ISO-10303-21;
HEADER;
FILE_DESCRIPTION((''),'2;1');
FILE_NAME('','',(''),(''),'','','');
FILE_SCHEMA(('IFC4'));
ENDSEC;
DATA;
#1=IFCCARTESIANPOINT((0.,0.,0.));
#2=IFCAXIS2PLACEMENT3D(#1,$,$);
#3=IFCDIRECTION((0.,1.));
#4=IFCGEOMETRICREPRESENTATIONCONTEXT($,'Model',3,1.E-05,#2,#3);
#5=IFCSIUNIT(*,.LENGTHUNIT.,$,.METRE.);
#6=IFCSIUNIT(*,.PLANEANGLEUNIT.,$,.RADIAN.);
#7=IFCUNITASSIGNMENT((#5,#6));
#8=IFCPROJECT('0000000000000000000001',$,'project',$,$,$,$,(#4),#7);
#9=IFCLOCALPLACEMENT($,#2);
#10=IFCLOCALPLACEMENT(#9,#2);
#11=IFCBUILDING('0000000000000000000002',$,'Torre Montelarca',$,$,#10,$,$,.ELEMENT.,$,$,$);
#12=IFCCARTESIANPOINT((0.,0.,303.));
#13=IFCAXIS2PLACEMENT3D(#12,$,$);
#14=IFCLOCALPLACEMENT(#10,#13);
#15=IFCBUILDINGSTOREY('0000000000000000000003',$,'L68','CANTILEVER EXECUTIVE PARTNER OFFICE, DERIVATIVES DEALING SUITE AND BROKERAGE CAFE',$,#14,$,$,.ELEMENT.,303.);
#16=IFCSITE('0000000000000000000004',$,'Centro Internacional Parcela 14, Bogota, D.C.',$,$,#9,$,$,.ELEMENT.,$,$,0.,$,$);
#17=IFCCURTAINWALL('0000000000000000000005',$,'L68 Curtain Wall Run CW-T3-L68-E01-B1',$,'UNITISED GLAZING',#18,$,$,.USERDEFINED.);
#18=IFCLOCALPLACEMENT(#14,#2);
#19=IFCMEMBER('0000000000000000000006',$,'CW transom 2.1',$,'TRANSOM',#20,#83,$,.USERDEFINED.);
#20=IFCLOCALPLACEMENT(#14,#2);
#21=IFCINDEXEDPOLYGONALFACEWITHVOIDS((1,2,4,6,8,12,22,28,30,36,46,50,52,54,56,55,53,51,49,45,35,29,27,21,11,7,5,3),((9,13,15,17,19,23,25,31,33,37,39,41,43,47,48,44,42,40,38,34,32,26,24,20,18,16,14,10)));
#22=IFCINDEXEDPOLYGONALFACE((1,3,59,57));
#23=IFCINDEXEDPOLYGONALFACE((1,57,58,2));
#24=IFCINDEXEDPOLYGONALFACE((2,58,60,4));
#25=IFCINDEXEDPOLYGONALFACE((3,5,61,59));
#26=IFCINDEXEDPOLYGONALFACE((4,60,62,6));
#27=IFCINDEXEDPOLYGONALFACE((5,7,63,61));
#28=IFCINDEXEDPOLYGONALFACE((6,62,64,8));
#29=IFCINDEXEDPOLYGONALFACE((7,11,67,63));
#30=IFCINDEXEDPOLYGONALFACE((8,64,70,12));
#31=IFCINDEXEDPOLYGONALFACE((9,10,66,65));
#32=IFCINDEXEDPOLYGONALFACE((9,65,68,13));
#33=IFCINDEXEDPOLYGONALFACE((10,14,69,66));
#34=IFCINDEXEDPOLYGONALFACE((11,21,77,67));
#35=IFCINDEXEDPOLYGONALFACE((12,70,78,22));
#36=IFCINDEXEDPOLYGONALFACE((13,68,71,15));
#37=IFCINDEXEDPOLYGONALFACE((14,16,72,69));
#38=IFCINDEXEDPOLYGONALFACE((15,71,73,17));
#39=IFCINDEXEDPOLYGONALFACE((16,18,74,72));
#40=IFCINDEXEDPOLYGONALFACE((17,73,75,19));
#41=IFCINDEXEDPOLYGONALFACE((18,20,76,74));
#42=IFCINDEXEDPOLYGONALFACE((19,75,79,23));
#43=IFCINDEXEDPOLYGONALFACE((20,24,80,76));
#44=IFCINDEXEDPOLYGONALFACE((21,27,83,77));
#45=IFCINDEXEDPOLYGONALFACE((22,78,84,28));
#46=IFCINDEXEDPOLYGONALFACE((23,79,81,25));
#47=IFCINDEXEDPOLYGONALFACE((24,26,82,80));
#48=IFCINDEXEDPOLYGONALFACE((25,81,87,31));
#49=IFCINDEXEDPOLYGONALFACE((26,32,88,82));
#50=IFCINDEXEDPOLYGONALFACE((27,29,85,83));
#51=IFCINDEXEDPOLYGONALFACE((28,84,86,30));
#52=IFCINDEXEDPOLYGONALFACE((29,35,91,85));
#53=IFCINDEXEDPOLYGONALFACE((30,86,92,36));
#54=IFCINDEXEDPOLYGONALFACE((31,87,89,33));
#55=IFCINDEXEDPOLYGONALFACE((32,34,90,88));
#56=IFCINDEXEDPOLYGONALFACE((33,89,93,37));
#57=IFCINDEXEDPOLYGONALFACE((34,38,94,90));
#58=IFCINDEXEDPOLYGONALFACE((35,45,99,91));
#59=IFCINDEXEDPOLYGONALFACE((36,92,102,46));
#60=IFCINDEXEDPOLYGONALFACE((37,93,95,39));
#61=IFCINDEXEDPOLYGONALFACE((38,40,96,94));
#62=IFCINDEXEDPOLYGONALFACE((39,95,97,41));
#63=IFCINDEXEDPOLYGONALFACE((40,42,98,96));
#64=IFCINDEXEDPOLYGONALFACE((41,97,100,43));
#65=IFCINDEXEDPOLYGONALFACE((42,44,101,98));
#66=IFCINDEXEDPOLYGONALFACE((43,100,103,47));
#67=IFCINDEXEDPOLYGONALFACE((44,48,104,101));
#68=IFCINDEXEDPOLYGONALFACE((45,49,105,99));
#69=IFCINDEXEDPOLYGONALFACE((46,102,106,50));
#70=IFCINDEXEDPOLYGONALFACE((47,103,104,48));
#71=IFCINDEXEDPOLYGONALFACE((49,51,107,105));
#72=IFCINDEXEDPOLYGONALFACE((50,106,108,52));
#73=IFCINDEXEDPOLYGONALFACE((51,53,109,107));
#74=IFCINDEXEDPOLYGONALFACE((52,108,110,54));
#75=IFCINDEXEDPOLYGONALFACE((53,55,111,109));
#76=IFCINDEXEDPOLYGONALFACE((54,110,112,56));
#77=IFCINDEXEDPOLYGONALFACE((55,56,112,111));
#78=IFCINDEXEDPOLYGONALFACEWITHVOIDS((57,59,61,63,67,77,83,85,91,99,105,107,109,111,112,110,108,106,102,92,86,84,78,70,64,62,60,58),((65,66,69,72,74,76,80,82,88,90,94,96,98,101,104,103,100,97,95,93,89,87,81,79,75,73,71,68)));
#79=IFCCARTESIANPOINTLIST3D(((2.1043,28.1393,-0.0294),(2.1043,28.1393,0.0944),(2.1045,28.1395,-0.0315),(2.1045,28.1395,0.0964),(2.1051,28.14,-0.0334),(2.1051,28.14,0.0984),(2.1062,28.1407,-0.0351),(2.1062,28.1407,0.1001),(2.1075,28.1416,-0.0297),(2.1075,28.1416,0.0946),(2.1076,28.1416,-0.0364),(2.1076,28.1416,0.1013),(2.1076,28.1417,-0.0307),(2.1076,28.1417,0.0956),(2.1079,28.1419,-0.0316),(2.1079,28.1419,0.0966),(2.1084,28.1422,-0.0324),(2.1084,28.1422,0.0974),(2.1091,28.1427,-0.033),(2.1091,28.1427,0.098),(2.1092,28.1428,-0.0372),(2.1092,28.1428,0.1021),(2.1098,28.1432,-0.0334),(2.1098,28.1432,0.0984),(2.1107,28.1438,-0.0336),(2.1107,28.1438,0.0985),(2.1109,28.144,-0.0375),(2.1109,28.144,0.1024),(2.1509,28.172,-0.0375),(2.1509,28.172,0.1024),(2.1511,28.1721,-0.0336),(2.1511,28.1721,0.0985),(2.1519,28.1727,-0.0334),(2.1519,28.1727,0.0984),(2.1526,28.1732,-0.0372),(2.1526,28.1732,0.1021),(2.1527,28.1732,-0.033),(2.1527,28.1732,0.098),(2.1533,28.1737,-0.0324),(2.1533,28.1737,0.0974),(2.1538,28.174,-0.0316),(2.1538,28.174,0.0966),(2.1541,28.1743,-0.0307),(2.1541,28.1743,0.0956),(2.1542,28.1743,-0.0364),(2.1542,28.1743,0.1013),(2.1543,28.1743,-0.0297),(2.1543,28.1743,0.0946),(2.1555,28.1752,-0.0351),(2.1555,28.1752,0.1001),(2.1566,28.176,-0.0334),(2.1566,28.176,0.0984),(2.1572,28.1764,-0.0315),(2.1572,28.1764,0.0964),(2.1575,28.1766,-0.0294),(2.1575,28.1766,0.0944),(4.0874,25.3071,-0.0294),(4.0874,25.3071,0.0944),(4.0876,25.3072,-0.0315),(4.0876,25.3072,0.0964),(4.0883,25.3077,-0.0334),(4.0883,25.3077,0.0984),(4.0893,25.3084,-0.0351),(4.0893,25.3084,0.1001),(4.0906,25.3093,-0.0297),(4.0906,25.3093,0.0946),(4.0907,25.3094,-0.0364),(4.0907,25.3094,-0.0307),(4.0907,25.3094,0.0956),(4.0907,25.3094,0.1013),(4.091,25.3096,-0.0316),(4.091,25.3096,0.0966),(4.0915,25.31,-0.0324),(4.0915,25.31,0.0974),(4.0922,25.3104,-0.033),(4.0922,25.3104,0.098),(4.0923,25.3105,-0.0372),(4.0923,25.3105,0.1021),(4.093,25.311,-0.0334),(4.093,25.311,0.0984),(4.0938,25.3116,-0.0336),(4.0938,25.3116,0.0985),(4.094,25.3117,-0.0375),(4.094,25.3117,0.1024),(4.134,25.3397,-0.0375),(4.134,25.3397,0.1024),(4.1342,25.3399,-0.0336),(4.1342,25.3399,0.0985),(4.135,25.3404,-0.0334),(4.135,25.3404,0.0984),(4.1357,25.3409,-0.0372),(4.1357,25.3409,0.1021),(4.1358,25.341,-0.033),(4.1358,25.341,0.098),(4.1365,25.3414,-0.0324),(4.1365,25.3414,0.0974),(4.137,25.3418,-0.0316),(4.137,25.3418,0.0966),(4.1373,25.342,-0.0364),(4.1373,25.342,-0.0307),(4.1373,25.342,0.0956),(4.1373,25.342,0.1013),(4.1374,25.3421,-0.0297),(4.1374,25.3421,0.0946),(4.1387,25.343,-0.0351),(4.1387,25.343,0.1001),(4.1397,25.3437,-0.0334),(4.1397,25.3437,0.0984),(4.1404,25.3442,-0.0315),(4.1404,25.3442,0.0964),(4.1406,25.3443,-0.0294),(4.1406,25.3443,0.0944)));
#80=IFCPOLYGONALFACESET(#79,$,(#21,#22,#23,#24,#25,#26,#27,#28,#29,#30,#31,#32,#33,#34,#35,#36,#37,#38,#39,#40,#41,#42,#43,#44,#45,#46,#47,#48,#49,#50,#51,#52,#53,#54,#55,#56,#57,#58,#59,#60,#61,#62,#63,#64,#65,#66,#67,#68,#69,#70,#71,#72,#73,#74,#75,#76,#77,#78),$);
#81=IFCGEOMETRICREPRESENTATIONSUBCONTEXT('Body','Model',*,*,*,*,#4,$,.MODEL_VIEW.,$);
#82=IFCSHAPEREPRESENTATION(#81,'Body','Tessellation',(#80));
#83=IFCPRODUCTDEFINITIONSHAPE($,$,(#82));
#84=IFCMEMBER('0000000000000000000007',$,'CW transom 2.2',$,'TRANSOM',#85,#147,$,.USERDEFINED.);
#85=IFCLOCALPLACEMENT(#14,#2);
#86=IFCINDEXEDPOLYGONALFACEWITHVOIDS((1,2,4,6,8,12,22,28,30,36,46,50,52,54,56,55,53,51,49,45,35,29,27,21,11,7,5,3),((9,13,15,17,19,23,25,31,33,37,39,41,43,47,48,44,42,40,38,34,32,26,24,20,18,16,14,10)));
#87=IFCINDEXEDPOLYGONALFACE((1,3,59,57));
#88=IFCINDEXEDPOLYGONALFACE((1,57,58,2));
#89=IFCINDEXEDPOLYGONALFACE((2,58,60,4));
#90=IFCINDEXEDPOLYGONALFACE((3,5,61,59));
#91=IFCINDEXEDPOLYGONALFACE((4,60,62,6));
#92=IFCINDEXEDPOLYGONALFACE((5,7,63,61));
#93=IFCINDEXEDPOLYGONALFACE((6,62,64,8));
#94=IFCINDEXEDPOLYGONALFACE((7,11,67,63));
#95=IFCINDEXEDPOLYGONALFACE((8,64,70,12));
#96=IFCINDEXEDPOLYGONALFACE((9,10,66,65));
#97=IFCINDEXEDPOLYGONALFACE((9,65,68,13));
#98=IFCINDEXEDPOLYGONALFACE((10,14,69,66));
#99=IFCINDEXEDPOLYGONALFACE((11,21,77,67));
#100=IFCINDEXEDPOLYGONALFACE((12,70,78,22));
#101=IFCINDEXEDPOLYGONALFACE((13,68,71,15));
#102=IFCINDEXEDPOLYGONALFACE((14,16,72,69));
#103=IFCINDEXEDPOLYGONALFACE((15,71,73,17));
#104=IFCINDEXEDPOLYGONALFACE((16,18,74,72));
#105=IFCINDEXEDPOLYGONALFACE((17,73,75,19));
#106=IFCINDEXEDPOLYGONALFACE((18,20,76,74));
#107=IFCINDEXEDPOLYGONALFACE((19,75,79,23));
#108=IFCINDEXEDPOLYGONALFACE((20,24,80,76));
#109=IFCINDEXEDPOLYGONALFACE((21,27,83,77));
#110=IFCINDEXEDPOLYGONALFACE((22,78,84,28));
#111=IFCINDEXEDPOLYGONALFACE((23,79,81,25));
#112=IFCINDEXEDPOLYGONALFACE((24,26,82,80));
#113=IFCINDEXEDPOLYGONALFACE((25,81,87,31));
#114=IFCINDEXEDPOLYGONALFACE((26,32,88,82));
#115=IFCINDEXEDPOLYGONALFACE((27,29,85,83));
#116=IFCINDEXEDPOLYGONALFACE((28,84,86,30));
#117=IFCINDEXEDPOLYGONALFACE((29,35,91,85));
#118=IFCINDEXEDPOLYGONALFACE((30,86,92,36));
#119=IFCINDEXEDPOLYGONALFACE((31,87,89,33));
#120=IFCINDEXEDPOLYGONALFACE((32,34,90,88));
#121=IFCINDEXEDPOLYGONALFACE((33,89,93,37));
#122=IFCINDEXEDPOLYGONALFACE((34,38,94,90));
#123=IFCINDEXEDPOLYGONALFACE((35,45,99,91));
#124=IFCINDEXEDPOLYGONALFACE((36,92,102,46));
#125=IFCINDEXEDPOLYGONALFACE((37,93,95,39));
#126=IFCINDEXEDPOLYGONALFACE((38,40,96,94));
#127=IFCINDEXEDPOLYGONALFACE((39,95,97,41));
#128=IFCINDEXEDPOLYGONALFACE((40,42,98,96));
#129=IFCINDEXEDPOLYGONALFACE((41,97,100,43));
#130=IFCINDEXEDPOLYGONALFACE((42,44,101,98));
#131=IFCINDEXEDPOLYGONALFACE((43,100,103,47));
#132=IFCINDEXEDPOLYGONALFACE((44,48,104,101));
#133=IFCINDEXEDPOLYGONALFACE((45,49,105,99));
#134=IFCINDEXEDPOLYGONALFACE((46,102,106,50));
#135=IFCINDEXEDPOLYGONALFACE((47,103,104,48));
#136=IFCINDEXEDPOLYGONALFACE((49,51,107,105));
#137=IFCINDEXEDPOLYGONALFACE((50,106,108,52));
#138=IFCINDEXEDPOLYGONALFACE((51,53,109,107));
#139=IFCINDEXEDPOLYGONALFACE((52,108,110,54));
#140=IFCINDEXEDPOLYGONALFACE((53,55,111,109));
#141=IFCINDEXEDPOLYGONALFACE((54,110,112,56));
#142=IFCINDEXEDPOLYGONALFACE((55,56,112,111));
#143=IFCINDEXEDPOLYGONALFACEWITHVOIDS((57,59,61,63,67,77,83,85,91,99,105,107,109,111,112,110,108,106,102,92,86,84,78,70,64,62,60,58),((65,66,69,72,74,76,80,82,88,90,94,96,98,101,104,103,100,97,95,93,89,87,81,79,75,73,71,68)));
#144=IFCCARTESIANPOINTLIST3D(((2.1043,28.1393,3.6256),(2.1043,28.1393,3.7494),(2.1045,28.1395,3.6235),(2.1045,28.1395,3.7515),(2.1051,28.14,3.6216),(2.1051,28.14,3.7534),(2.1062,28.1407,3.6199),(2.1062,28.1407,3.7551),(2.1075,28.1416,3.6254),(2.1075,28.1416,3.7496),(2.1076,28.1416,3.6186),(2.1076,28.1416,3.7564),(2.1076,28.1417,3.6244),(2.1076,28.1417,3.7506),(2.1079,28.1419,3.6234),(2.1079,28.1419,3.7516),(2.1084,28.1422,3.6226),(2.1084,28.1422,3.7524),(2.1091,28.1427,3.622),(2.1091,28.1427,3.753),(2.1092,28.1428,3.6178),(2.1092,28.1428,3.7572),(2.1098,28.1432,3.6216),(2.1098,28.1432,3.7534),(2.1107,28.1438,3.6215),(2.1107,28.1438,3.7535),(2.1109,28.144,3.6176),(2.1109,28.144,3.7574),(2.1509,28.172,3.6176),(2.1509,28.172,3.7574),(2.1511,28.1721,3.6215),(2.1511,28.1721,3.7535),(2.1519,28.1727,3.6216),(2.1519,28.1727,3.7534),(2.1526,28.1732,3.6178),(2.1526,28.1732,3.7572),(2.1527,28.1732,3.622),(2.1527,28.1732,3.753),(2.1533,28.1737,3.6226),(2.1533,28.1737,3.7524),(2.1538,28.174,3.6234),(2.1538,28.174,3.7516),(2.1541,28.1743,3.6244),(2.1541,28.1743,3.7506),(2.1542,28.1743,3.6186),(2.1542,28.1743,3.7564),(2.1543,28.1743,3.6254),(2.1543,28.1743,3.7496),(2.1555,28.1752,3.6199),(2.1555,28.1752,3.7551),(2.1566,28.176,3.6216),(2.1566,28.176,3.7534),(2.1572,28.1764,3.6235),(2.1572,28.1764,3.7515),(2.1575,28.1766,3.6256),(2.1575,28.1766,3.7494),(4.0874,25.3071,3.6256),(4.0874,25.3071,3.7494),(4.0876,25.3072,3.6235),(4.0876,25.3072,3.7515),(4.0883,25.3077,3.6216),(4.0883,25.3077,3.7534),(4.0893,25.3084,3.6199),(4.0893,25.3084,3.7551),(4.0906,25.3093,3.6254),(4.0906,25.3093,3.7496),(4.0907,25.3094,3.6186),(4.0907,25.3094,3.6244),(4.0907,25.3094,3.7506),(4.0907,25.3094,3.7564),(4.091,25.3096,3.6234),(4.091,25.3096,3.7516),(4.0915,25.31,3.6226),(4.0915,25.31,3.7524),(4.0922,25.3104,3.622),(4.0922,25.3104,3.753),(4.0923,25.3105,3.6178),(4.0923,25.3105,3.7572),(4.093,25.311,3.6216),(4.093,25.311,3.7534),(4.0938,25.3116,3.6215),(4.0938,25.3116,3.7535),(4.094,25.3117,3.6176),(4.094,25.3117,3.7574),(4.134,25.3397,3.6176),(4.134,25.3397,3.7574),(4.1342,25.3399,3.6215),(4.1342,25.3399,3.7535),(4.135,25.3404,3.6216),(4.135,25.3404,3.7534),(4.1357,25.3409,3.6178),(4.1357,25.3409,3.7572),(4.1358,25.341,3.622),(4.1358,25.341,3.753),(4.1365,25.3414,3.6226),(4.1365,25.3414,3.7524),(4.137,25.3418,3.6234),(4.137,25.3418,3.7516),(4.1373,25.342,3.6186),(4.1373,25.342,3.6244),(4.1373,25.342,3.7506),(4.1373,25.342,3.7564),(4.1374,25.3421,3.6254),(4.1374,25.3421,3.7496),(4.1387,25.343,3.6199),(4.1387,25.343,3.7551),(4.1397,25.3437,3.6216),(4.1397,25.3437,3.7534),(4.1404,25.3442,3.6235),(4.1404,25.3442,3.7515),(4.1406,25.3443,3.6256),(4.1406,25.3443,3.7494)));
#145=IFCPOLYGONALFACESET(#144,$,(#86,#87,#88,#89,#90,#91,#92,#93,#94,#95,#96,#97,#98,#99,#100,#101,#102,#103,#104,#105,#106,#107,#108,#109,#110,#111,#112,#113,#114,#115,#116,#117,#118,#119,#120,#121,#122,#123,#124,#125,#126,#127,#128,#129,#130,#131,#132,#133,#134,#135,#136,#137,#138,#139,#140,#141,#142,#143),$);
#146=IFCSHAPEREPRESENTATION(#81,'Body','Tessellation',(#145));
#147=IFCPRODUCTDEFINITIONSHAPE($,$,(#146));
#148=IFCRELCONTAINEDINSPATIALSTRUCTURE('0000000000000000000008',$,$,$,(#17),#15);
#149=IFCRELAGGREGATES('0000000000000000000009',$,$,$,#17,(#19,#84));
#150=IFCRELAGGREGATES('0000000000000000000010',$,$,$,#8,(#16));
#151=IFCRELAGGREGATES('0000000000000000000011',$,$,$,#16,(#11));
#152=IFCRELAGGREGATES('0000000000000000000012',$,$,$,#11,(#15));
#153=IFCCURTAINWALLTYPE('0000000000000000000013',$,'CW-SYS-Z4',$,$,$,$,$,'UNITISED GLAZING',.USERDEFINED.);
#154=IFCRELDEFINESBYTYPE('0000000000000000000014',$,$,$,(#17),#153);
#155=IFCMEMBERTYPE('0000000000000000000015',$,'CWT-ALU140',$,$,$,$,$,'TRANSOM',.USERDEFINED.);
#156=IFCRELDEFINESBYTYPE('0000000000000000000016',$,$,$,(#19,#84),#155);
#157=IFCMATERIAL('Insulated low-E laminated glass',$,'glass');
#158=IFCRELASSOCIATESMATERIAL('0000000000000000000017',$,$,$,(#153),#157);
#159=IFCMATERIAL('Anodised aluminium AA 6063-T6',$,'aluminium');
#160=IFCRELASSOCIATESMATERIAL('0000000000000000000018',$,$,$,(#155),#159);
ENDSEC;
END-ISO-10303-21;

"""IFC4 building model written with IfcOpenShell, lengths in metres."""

from ifc_helpers import new_model, si_unit, direction, frame, origin, origin_2d, place, context, subcontext, project, spatial, hollow_rectangle, extrude, source, transform, mapped, material, material_profile, profile_set, type_object, element, aggregate, save


model = new_model("IFC4")

# Units and contexts
model_context = context("Model", 3, precision=1e-05, world=origin(), true_north=direction((0.0, 1.0)))
body_context = subcontext(model_context, "Body", "Model", "MODEL_VIEW")
ifc_project = project(units=[si_unit("LENGTHUNIT", "METRE"), si_unit("PLANEANGLEUNIT", "RADIAN")], contexts=[model_context])

# Site, building, storey
site_placement = place(None, origin())
site = spatial("IfcSite", under=ifc_project, at=site_placement, Name="Centro Internacional Parcela 14, Bogota, D.C.", CompositionType="ELEMENT", RefElevation=0.0)
building_placement = place(site_placement, origin())
building = spatial("IfcBuilding", under=site, at=building_placement, Name="Torre Montelarca", CompositionType="ELEMENT")
storey_placement = place(building_placement, frame((0.0, 0.0, 303.0)))
storey = spatial("IfcBuildingStorey", under=building, at=storey_placement, Name="L68", Description="CANTILEVER EXECUTIVE PARTNER OFFICE, DERIVATIVES DEALING SUITE AND BROKERAGE CAFE", CompositionType="ELEMENT", Elevation=303.0)

# Curtain wall
ifc_material_1 = material(Name="Insulated low-E laminated glass", Category="glass")
curtain_wall_type = type_object("IfcCurtainWallType", Name="CW-SYS-Z4", ElementType="UNITISED GLAZING", PredefinedType="USERDEFINED", material=ifc_material_1)
curtain_wall_1_placement = place(storey_placement, origin())
curtain_wall_1 = element("IfcCurtainWall", 1, at=curtain_wall_1_placement, inside=storey, type_object=curtain_wall_type, Name="L68 Curtain Wall Run CW-T3-L68-E01-B1", ObjectType="UNITISED GLAZING", PredefinedType="USERDEFINED")
ifc_material_2 = material(Name="Anodised aluminium AA 6063-T6", Category="aluminium")

# Members
ifc_material_profile_1 = material_profile(ifc_material_2, hollow_rectangle(XDim=0.0649, YDim=0.1399, WallThickness=0.0039, InnerFilletRadius=0.0039, OuterFilletRadius=0.0081, at=origin_2d()), Name="ALU65X140X4", Category="aluminium")
ifc_profile_set_1 = profile_set([ifc_material_profile_1], Name="Anodised aluminium AA 6063-T6")
member_type_1 = type_object("IfcMemberType", Name="CWT-ALU140", ElementType="TRANSOM", PredefinedType="USERDEFINED", material=ifc_profile_set_1)
shared_shape_1 = source(origin(), body_context, "Body", "SweptSolid", [
    extrude(hollow_rectangle(XDim=0.0649, YDim=0.1399, WallThickness=0.0039, InnerFilletRadius=0.0039, OuterFilletRadius=0.0081, at=origin_2d()), origin(), (0.0, 0.0, 1.0), 3.4575),
])
member_1_placement = place(storey_placement, frame((2.1309, 28.158, 0.0325), z_axis=(0.573571, -0.819156, 0.0), x_axis=(0.819156, 0.573571, 0.0)))
member_1 = element("IfcMember", 2, at=member_1_placement, type_object=member_type_1, Name="CW transom 2.1", ObjectType="TRANSOM", PredefinedType="USERDEFINED", context=body_context, shape_type="MappedRepresentation", body=[
    mapped(shared_shape_1, transform((0.0, 0.0, 0.0), scale=1.0)),
])
member_2_placement = place(storey_placement, frame((2.1309, 28.158, 3.6875), z_axis=(0.573571, -0.819156, 0.0), x_axis=(0.819156, 0.573571, 0.0)))
member_2 = element("IfcMember", 3, at=member_2_placement, type_object=member_type_1, Name="CW transom 2.2", ObjectType="TRANSOM", PredefinedType="USERDEFINED", context=body_context, shape_type="MappedRepresentation", body=[
    mapped(shared_shape_1, transform((0.0, 0.0, 0.0), scale=1.0)),
])

aggregate(curtain_wall_1, [member_1, member_2])

save(model, "model.ifc")
